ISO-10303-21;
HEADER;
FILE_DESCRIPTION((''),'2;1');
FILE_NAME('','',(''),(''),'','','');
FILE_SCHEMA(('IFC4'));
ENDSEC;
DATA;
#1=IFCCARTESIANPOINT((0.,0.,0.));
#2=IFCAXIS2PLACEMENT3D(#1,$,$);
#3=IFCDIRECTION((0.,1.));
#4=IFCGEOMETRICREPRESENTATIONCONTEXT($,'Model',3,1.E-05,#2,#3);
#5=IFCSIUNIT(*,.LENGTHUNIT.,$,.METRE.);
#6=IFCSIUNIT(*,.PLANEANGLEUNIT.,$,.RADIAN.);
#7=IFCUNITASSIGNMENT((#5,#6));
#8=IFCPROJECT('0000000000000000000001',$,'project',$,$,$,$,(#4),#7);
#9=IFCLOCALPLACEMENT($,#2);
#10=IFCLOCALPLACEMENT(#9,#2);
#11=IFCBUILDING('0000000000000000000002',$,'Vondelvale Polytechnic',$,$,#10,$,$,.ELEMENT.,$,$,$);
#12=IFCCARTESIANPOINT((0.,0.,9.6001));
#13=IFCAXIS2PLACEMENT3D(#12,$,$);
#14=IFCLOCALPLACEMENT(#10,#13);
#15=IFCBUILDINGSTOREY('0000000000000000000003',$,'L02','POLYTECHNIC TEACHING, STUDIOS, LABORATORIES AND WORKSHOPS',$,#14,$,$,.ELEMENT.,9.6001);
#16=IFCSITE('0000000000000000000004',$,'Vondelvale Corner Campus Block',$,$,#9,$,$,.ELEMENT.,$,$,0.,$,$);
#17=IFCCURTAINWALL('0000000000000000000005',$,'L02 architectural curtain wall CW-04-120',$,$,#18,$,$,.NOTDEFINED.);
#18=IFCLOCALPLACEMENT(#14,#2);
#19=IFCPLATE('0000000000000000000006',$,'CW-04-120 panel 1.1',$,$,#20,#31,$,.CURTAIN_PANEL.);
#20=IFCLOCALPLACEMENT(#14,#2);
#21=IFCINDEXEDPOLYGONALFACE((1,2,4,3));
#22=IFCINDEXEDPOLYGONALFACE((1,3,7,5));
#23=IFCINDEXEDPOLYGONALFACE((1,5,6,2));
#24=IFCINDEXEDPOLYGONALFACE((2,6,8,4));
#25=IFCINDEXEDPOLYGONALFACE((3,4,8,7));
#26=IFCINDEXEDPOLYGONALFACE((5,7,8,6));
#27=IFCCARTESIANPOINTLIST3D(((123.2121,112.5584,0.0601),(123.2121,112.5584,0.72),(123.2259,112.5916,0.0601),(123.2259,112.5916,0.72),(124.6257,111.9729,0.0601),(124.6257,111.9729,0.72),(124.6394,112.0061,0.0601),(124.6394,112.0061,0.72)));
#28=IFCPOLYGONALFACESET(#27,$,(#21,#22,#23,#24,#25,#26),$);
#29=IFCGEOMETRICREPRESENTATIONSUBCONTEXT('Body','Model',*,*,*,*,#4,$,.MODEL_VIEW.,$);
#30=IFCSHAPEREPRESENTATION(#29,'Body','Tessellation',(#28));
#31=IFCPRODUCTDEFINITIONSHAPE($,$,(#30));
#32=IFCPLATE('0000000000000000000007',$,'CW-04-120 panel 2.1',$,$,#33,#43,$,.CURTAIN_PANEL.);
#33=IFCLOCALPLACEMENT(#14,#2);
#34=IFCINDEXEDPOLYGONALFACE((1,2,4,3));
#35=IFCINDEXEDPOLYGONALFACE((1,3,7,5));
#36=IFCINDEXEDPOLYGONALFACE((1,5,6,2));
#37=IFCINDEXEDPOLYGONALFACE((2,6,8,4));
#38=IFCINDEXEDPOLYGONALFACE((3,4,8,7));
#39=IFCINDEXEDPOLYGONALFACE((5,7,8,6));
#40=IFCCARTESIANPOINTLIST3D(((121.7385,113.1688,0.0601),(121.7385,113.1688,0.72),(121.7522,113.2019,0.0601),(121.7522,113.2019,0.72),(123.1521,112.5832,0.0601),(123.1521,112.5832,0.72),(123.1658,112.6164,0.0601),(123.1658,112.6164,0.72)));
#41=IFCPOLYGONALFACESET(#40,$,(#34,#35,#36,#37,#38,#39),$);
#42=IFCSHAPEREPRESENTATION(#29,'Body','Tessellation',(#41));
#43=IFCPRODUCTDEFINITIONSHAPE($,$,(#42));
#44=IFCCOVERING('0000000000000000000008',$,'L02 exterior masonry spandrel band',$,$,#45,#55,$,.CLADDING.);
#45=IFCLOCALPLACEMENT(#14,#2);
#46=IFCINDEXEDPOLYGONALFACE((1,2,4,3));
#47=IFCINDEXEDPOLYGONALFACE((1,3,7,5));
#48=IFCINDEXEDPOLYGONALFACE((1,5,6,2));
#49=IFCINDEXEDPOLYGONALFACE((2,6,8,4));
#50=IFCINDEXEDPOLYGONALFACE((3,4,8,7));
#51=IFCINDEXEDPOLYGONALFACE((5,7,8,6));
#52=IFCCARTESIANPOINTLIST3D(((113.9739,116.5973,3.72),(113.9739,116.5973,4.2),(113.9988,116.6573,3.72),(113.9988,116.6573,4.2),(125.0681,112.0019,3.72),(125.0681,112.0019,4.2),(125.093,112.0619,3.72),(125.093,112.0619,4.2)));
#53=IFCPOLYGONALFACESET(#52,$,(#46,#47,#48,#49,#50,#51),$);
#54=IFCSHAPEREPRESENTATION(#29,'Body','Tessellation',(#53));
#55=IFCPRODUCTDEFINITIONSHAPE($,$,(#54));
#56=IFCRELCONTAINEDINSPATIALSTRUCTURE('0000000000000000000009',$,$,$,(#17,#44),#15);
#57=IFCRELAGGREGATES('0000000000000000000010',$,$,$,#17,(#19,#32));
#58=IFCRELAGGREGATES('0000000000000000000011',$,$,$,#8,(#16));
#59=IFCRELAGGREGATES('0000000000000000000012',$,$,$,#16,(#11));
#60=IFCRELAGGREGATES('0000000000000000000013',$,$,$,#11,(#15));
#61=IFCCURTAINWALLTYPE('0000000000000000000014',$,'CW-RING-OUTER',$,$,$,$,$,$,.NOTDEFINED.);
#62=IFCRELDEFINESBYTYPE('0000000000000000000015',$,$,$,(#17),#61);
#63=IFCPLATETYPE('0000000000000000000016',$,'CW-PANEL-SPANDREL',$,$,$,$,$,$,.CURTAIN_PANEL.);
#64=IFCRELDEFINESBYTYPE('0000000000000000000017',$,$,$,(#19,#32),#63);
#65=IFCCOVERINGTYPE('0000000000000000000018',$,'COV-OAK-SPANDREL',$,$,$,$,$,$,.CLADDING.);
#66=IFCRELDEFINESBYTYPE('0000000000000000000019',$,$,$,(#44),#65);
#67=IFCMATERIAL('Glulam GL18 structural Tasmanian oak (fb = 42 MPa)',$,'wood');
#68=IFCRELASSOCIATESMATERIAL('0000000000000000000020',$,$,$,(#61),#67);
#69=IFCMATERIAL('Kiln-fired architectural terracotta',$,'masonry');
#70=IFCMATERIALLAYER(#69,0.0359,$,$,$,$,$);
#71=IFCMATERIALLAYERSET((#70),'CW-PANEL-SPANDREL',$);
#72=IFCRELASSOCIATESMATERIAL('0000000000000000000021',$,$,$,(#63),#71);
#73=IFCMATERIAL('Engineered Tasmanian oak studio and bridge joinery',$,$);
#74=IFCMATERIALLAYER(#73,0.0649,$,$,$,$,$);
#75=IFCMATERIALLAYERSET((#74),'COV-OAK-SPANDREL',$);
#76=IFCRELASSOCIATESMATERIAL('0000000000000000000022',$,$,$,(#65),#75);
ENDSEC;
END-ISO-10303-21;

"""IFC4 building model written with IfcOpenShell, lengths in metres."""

from ifc_helpers import new_model, si_unit, direction, frame, origin, origin_2d, place, context, subcontext, project, spatial, rectangle, extrude, material, layer, layer_set, type_object, element, aggregate, save


model = new_model("IFC4")

# Units and contexts
model_context = context("Model", 3, precision=1e-05, world=origin(), true_north=direction((0.0, 1.0)))
body_context = subcontext(model_context, "Body", "Model", "MODEL_VIEW")
ifc_project = project(units=[si_unit("LENGTHUNIT", "METRE"), si_unit("PLANEANGLEUNIT", "RADIAN")], contexts=[model_context])

# Site, building, storey
site_placement = place(None, origin())
site = spatial("IfcSite", under=ifc_project, at=site_placement, Name="Vondelvale Corner Campus Block", CompositionType="ELEMENT", RefElevation=0.0)
building_placement = place(site_placement, origin())
building = spatial("IfcBuilding", under=site, at=building_placement, Name="Vondelvale Polytechnic", CompositionType="ELEMENT")
storey_placement = place(building_placement, frame((0.0, 0.0, 9.6001)))
storey = spatial("IfcBuildingStorey", under=building, at=storey_placement, Name="L02", Description="POLYTECHNIC TEACHING, STUDIOS, LABORATORIES AND WORKSHOPS", CompositionType="ELEMENT", Elevation=9.6001)

# Shared definitions
ifc_material_1 = material(Name="Glulam GL18 structural Tasmanian oak (fb = 42 MPa)", Category="wood")

# Curtain wall
curtain_wall_type = type_object("IfcCurtainWallType", Name="CW-RING-OUTER", PredefinedType="NOTDEFINED", material=ifc_material_1)
curtain_wall_1_placement = place(storey_placement, origin())
curtain_wall_1 = element("IfcCurtainWall", 1, at=curtain_wall_1_placement, inside=storey, type_object=curtain_wall_type, Name="L02 architectural curtain wall CW-04-120", PredefinedType="NOTDEFINED")

# Plates
ifc_material_2 = material(Name="Engineered Tasmanian oak studio and bridge joinery")
ifc_material_3 = material(Name="Kiln-fired architectural terracotta", Category="masonry")
ifc_layer_1 = layer(ifc_material_3, 0.0359)
ifc_layer_set_1 = layer_set([ifc_layer_1], Name="CW-PANEL-SPANDREL")
plate_type_1 = type_object("IfcPlateType", Name="CW-PANEL-SPANDREL", PredefinedType="CURTAIN_PANEL", material=ifc_layer_set_1)
plate_1_placement = place(storey_placement, frame((123.9258, 112.2822, 0.0601), z_axis=(0.0, 0.0, 1.0), x_axis=(-0.923882, 0.382677, 0.0)))
plate_1 = element("IfcPlate", 2, at=plate_1_placement, type_object=plate_type_1, Name="CW-04-120 panel 1.1", PredefinedType="CURTAIN_PANEL", context=body_context, shape_type="SweptSolid", body=[
    extrude(rectangle(XDim=1.53, YDim=0.0359, at=origin_2d()), origin(), (0.0, 0.0, 1.0), 0.6599),
])
plate_2_placement = place(storey_placement, frame((122.4521, 112.8926, 0.0601), z_axis=(0.0, 0.0, 1.0), x_axis=(-0.923882, 0.382677, 0.0)))
plate_2 = element("IfcPlate", 3, at=plate_2_placement, type_object=plate_type_1, Name="CW-04-120 panel 2.1", PredefinedType="CURTAIN_PANEL", context=body_context, shape_type="SweptSolid", body=[
    extrude(rectangle(XDim=1.53, YDim=0.0359, at=origin_2d()), origin(), (0.0, 0.0, 1.0), 0.6599),
])
aggregate(curtain_wall_1, [plate_1, plate_2])

# Covering
ifc_layer_2 = layer(ifc_material_2, 0.0649)
ifc_layer_set_2 = layer_set([ifc_layer_2], Name="COV-OAK-SPANDREL")
covering_type = type_object("IfcCoveringType", Name="COV-OAK-SPANDREL", PredefinedType="CLADDING", material=ifc_layer_set_2)
covering_placement = place(storey_placement, frame((119.5334, 114.3296, 3.72), z_axis=(0.0, 0.0, 1.0), x_axis=(-0.92388, 0.382683, 0.0)))
element("IfcCovering", 4, at=covering_placement, inside=storey, type_object=covering_type, Name="L02 exterior masonry spandrel band", PredefinedType="CLADDING", context=body_context, shape_type="SweptSolid", body=[
    extrude(rectangle(XDim=12.0083, YDim=0.0649, at=origin_2d()), origin(), (0.0, 0.0, 1.0), 0.48),
])

save(model, "model.ifc")
